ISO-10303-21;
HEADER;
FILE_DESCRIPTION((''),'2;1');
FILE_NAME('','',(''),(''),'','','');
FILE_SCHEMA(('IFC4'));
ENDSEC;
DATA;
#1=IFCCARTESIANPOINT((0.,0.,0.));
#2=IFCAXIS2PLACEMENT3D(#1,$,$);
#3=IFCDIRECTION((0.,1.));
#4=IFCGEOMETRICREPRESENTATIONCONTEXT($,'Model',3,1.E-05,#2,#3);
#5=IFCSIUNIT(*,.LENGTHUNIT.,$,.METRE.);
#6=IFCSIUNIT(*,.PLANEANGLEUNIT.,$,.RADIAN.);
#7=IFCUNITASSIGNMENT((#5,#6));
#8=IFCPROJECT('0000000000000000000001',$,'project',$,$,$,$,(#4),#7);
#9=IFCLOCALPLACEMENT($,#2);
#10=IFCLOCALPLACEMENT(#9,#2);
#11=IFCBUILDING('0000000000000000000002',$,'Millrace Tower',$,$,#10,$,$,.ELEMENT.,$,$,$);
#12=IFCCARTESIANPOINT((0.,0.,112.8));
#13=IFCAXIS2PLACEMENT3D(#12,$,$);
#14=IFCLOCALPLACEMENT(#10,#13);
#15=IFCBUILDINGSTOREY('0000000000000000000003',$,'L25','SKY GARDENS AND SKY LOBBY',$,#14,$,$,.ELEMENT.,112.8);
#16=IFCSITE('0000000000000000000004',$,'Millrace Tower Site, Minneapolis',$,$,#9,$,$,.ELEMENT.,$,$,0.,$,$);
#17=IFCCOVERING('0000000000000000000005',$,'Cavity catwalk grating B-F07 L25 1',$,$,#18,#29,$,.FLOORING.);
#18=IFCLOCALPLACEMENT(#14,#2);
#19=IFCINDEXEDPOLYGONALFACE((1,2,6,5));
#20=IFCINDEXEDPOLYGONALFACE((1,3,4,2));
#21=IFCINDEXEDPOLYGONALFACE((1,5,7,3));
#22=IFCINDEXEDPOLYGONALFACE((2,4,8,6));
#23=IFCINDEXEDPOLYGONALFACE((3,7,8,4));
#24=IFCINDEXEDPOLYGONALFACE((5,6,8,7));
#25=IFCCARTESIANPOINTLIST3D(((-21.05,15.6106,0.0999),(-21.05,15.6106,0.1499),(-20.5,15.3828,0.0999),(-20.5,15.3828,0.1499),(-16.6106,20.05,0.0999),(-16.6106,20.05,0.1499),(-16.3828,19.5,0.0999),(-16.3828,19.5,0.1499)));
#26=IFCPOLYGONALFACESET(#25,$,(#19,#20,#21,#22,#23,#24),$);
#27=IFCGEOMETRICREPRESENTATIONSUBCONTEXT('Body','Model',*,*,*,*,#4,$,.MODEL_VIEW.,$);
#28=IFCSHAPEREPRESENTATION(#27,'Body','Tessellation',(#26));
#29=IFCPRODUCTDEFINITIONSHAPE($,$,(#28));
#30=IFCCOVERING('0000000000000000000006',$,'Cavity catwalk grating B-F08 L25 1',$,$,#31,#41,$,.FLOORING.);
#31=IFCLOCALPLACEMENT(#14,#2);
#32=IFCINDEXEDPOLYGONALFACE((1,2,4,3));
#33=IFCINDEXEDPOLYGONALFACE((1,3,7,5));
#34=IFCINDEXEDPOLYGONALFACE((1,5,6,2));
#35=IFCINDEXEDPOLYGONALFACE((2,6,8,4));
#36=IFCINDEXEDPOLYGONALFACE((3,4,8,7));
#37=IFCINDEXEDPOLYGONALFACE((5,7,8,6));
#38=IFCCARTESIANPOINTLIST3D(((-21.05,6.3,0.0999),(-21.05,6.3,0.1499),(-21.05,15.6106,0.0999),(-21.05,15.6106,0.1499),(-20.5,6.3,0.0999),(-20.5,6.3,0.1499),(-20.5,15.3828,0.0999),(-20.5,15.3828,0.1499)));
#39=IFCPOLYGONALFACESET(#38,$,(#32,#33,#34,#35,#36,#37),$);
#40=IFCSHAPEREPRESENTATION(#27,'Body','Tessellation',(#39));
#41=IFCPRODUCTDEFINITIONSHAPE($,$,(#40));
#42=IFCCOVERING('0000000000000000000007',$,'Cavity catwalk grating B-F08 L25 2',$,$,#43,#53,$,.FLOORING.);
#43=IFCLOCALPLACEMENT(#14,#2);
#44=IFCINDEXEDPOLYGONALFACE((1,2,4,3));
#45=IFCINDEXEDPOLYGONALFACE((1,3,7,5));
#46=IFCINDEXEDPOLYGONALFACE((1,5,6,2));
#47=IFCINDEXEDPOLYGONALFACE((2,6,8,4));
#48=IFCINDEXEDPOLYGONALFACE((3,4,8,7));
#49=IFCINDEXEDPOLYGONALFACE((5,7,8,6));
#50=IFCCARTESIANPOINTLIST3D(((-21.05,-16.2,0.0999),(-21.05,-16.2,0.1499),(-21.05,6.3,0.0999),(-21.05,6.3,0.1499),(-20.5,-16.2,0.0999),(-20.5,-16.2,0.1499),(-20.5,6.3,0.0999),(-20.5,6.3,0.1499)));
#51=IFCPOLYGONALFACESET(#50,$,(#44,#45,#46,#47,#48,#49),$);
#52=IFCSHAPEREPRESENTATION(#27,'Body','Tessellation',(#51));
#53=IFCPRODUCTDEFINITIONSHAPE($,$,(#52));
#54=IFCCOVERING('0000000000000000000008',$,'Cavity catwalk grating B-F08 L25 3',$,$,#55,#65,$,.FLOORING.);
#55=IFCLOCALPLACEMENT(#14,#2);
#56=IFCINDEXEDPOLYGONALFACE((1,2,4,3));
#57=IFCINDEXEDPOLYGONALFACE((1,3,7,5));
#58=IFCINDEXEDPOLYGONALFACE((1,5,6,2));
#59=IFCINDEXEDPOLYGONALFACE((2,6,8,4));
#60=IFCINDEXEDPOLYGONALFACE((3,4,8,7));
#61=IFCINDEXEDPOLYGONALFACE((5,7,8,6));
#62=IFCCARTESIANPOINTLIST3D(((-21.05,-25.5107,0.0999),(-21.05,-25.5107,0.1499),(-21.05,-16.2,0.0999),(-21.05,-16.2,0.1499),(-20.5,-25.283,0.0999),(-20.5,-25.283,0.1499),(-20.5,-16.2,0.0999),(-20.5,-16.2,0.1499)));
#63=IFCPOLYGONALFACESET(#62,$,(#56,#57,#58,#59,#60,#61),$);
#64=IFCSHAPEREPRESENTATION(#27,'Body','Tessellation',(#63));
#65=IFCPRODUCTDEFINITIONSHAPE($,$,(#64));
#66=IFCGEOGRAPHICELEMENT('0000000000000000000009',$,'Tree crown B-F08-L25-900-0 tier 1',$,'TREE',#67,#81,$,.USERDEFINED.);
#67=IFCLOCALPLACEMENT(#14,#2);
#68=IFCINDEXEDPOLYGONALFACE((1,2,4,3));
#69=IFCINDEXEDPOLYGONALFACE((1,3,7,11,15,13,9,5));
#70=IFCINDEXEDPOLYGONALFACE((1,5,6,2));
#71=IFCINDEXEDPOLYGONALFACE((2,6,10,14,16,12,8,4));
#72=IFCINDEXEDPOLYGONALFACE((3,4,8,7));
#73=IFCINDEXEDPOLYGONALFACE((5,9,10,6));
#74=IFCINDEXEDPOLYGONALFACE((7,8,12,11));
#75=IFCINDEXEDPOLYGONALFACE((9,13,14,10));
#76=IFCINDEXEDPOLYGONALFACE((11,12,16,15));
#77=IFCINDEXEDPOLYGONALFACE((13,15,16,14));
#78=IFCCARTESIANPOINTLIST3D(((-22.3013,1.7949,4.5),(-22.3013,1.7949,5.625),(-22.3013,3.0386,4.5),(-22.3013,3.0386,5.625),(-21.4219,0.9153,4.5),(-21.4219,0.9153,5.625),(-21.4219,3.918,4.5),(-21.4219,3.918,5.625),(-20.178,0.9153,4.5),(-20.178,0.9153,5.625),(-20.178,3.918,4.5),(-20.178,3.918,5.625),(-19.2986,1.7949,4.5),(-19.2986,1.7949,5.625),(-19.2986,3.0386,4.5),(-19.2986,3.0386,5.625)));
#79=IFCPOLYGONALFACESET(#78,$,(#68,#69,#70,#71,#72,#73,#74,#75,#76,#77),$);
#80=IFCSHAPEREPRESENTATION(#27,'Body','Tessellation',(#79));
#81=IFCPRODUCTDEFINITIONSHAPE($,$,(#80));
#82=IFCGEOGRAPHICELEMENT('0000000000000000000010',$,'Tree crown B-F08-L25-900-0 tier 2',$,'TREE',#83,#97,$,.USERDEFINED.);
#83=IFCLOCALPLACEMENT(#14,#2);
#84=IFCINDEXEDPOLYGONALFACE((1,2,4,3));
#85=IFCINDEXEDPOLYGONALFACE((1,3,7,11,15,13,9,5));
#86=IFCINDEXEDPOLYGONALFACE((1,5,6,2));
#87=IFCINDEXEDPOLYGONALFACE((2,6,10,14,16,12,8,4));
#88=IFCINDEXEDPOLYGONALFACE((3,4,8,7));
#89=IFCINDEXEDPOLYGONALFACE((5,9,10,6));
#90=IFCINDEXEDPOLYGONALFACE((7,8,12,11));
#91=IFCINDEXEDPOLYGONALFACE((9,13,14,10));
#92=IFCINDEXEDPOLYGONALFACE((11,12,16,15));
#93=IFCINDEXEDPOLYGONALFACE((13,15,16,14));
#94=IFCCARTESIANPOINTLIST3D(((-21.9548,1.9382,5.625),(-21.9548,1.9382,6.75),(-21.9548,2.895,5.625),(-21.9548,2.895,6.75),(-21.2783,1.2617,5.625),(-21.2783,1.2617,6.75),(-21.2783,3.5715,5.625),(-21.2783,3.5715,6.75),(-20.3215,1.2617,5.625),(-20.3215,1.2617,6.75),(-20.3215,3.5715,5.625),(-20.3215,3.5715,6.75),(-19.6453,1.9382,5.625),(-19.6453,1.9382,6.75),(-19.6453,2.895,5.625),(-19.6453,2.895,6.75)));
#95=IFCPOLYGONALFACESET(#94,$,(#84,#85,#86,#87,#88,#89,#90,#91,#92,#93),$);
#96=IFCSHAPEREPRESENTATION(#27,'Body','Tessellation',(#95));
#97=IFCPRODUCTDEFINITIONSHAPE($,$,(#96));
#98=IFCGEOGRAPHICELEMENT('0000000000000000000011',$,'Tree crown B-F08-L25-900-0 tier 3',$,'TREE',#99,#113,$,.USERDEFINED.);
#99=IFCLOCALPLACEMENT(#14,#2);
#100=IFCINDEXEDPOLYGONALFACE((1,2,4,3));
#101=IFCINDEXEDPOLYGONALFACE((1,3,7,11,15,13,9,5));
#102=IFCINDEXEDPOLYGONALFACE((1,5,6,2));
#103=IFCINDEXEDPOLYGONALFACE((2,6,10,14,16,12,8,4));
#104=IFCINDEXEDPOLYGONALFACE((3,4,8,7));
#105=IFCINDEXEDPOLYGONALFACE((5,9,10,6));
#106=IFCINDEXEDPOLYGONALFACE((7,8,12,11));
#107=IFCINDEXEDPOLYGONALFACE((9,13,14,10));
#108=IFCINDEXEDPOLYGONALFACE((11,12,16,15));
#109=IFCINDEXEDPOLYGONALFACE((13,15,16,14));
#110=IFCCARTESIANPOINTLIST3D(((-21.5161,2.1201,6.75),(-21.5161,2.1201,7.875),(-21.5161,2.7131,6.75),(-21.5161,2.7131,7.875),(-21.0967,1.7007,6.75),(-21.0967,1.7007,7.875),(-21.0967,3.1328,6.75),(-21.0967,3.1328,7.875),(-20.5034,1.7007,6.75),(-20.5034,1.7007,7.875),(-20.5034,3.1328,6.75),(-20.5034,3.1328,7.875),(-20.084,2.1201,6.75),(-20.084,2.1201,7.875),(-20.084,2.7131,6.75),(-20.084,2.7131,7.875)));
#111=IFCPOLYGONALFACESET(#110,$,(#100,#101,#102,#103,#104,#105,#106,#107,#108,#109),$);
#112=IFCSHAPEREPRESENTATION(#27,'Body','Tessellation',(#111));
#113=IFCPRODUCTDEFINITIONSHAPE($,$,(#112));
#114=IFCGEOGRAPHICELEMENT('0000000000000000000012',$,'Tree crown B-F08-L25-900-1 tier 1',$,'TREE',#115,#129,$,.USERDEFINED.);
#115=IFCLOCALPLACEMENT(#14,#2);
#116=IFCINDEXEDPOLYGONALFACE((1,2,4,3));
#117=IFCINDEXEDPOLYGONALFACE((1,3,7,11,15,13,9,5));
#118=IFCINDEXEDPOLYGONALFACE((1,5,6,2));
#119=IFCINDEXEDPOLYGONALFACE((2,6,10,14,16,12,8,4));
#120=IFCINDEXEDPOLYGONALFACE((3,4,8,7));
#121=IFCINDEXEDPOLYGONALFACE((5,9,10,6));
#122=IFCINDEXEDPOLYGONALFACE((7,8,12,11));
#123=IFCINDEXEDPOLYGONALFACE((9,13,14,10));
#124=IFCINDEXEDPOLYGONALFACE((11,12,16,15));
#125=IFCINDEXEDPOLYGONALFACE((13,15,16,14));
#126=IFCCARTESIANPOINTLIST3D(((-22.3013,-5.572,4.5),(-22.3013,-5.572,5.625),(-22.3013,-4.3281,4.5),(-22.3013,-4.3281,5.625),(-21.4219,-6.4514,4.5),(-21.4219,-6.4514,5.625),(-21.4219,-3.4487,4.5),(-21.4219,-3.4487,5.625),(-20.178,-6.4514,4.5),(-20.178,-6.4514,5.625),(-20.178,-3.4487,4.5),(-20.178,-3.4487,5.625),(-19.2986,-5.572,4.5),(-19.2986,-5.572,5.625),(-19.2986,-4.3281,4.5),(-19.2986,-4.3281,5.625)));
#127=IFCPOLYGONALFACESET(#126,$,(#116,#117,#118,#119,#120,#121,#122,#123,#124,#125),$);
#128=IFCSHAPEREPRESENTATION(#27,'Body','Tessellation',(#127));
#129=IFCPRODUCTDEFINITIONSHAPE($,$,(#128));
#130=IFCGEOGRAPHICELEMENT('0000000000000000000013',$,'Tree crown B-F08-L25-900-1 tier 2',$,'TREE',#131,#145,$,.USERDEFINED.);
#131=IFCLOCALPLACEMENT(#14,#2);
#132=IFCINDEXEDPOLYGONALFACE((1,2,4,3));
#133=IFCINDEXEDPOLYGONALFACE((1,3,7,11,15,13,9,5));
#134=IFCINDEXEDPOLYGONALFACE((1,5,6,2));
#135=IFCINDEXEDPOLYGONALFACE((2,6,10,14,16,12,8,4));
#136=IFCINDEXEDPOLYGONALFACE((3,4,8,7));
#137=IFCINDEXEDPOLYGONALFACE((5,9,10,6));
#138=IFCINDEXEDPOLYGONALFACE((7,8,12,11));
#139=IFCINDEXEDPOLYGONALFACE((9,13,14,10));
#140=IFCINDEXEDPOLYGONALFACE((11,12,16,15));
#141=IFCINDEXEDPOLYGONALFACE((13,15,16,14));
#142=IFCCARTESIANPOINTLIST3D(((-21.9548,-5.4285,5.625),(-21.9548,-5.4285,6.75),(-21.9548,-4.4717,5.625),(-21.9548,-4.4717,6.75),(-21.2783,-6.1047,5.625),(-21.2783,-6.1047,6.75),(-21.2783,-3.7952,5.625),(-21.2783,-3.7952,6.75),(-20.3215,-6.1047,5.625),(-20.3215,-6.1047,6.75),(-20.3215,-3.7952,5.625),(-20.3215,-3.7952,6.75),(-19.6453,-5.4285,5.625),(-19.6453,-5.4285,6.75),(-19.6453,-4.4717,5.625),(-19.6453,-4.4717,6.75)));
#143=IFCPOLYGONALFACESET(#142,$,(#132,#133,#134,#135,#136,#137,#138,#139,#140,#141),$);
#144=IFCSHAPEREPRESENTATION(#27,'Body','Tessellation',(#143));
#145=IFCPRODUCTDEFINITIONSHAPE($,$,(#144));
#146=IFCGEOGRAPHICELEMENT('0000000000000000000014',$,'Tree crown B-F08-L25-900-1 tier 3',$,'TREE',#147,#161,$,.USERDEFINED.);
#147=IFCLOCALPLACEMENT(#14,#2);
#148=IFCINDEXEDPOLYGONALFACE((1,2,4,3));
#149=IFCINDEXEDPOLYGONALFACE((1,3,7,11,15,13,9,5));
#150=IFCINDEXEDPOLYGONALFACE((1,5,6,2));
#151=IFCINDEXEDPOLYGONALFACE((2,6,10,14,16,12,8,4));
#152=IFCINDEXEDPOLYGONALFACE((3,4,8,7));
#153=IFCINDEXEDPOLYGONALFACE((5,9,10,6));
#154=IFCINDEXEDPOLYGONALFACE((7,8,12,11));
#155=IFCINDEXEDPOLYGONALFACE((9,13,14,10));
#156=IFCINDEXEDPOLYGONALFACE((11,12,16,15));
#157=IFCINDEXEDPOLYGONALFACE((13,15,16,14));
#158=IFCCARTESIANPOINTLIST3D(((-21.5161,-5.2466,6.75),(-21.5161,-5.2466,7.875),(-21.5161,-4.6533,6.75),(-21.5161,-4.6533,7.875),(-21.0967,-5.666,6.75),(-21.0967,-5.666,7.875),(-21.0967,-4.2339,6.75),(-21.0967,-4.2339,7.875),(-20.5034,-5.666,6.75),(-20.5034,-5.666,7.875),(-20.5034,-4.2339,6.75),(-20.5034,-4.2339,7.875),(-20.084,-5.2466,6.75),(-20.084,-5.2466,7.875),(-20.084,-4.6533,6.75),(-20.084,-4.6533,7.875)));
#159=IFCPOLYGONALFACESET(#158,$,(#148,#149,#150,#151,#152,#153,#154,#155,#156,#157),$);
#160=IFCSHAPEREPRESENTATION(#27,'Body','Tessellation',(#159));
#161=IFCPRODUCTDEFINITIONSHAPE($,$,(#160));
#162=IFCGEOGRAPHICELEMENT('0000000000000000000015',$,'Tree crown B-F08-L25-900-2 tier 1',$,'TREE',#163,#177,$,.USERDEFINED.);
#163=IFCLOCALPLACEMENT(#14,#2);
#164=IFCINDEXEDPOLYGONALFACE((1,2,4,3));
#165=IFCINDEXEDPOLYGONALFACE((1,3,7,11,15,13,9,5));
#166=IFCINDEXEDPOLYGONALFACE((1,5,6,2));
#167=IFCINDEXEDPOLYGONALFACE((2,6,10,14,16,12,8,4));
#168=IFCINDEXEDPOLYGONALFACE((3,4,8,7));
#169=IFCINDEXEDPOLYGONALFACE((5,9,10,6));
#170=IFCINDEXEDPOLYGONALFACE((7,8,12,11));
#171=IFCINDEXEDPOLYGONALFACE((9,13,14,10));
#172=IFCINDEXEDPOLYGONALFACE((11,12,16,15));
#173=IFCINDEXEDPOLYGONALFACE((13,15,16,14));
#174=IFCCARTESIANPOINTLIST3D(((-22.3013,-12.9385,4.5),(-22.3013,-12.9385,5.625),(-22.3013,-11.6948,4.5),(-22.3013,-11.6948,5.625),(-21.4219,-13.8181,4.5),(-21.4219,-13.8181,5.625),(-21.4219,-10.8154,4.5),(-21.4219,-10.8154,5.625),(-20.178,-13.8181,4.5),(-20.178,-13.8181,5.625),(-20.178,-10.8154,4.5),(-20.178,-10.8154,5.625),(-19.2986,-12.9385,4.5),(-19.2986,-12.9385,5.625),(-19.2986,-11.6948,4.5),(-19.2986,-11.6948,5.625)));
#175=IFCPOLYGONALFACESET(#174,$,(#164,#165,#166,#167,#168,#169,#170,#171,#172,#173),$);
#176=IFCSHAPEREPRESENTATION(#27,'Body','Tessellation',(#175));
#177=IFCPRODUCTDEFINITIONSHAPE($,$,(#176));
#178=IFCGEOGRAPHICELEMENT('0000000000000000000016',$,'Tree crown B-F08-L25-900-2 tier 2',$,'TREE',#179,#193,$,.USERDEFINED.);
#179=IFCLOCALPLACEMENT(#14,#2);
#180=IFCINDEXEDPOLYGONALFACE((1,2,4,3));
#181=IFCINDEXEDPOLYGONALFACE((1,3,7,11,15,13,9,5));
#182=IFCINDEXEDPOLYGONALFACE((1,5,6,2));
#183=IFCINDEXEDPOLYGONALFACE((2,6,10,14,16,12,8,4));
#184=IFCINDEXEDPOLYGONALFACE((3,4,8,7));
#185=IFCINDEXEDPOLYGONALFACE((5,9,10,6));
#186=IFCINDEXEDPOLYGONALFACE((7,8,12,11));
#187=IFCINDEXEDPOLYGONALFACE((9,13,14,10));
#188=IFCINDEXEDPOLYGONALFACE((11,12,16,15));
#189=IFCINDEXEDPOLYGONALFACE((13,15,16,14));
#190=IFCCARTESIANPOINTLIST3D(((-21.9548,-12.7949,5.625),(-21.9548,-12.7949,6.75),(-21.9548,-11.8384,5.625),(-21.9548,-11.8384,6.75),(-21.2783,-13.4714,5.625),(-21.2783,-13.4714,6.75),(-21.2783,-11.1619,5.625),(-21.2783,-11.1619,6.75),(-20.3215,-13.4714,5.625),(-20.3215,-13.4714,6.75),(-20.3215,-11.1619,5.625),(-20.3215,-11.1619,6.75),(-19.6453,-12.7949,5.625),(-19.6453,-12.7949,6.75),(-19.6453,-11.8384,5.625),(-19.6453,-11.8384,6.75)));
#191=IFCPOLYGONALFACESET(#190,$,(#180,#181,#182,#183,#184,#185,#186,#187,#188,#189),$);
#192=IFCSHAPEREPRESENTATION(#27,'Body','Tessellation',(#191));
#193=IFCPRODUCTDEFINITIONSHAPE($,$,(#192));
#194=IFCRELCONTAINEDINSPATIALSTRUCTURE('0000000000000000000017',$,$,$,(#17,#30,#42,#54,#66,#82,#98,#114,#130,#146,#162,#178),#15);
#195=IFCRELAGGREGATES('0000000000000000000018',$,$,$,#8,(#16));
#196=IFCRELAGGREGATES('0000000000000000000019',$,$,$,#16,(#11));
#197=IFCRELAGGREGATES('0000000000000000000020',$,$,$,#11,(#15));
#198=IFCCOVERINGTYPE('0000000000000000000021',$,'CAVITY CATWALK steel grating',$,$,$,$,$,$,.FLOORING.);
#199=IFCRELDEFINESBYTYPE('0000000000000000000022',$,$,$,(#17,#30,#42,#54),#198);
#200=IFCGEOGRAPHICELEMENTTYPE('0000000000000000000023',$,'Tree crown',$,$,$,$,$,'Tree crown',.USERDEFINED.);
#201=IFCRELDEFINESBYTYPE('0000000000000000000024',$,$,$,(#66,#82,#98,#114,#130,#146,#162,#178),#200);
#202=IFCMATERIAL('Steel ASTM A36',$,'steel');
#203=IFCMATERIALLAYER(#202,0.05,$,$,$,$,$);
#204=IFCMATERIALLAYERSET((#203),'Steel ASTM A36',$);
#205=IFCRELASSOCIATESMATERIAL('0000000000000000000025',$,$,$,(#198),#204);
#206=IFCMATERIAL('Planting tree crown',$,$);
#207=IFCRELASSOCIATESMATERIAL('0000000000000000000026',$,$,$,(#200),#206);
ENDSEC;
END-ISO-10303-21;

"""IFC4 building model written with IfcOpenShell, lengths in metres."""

from ifc_helpers import new_model, si_unit, direction, frame, origin, place, context, subcontext, project, spatial, polyline, outline, extrude, material, layer, layer_set, type_object, element, save


model = new_model("IFC4")

# Units and contexts
model_context = context("Model", 3, precision=1e-05, world=origin(), true_north=direction((0.0, 1.0)))
body_context = subcontext(model_context, "Body", "Model", "MODEL_VIEW")
ifc_project = project(units=[si_unit("LENGTHUNIT", "METRE"), si_unit("PLANEANGLEUNIT", "RADIAN")], contexts=[model_context])

# Site, building, storey
site_placement = place(None, origin())
site = spatial("IfcSite", under=ifc_project, at=site_placement, Name="Millrace Tower Site, Minneapolis", CompositionType="ELEMENT", RefElevation=0.0)
building_placement = place(site_placement, origin())
building = spatial("IfcBuilding", under=site, at=building_placement, Name="Millrace Tower", CompositionType="ELEMENT")
storey_placement = place(building_placement, frame((0.0, 0.0, 112.8)))
storey = spatial("IfcBuildingStorey", under=building, at=storey_placement, Name="L25", Description="SKY GARDENS AND SKY LOBBY", CompositionType="ELEMENT", Elevation=112.8)

# Coverings
ifc_material_1 = material(Name="Steel ASTM A36", Category="steel")
ifc_layer_1 = layer(ifc_material_1, 0.05)
ifc_layer_set_1 = layer_set([ifc_layer_1], Name="Steel ASTM A36")
covering_type = type_object("IfcCoveringType", Name="CAVITY CATWALK steel grating", PredefinedType="FLOORING", material=ifc_layer_set_1)
placement_1 = place(storey_placement, frame((0.0, 0.0, 0.0999)))
element("IfcCovering", 1, at=placement_1, inside=storey, type_object=covering_type, Name="Cavity catwalk grating B-F07 L25 1", PredefinedType="FLOORING", context=body_context, shape_type="SweptSolid", body=[
    extrude(outline(polyline([(-16.6106, 20.05), (-21.05, 15.6106), (-20.5, 15.3828), (-16.3828, 19.5), (-16.6106, 20.05)])), origin(), (0.0, 0.0, 1.0), 0.05),
])
element("IfcCovering", 2, at=placement_1, inside=storey, type_object=covering_type, Name="Cavity catwalk grating B-F08 L25 1", PredefinedType="FLOORING", context=body_context, shape_type="SweptSolid", body=[
    extrude(outline(polyline([(-21.05, 15.6106), (-21.05, 6.3), (-20.5, 6.3), (-20.5, 15.3828), (-21.05, 15.6106)])), origin(), (0.0, 0.0, 1.0), 0.05),
])
element("IfcCovering", 3, at=placement_1, inside=storey, type_object=covering_type, Name="Cavity catwalk grating B-F08 L25 2", PredefinedType="FLOORING", context=body_context, shape_type="SweptSolid", body=[
    extrude(outline(polyline([(-21.05, 6.3), (-21.05, -16.2), (-20.5, -16.2), (-20.5, 6.3), (-21.05, 6.3)])), origin(), (0.0, 0.0, 1.0), 0.05),
])
element("IfcCovering", 4, at=placement_1, inside=storey, type_object=covering_type, Name="Cavity catwalk grating B-F08 L25 3", PredefinedType="FLOORING", context=body_context, shape_type="SweptSolid", body=[
    extrude(outline(polyline([(-21.05, -16.2), (-21.05, -25.5107), (-20.5, -25.283), (-20.5, -16.2), (-21.05, -16.2)])), origin(), (0.0, 0.0, 1.0), 0.05),
])

# Geographic elements
ifc_material_2 = material(Name="Planting tree crown")
geographic_element_type = type_object("IfcGeographicElementType", Name="Tree crown", ElementType="Tree crown", PredefinedType="USERDEFINED", material=ifc_material_2)
placement_2 = place(storey_placement, frame((0.0, 0.0, 4.5)))
element("IfcGeographicElement", 5, at=placement_2, inside=storey, type_object=geographic_element_type, Name="Tree crown B-F08-L25-900-0 tier 1", ObjectType="TREE", PredefinedType="USERDEFINED", context=body_context, shape_type="SweptSolid", body=[
    extrude(outline(polyline([(-19.2986, 3.0386), (-20.178, 3.918), (-21.4219, 3.918), (-22.3013, 3.0386), (-22.3013, 1.7949), (-21.4219, 0.9153), (-20.178, 0.9153), (-19.2986, 1.7949), (-19.2986, 3.0386)])), origin(), (0.0, 0.0, 1.0), 1.125),
])
placement_3 = place(storey_placement, frame((0.0, 0.0, 5.625)))
element("IfcGeographicElement", 6, at=placement_3, inside=storey, type_object=geographic_element_type, Name="Tree crown B-F08-L25-900-0 tier 2", ObjectType="TREE", PredefinedType="USERDEFINED", context=body_context, shape_type="SweptSolid", body=[
    extrude(outline(polyline([(-19.6453, 2.895), (-20.3215, 3.5715), (-21.2783, 3.5715), (-21.9548, 2.895), (-21.9548, 1.9382), (-21.2783, 1.2617), (-20.3215, 1.2617), (-19.6453, 1.9382), (-19.6453, 2.895)])), origin(), (0.0, 0.0, 1.0), 1.125),
])
placement_4 = place(storey_placement, frame((0.0, 0.0, 6.75)))
element("IfcGeographicElement", 7, at=placement_4, inside=storey, type_object=geographic_element_type, Name="Tree crown B-F08-L25-900-0 tier 3", ObjectType="TREE", PredefinedType="USERDEFINED", context=body_context, shape_type="SweptSolid", body=[
    extrude(outline(polyline([(-20.084, 2.7131), (-20.5034, 3.1328), (-21.0967, 3.1328), (-21.5161, 2.7131), (-21.5161, 2.1201), (-21.0967, 1.7007), (-20.5034, 1.7007), (-20.084, 2.1201), (-20.084, 2.7131)])), origin(), (0.0, 0.0, 1.0), 1.125),
])
element("IfcGeographicElement", 8, at=placement_2, inside=storey, type_object=geographic_element_type, Name="Tree crown B-F08-L25-900-1 tier 1", ObjectType="TREE", PredefinedType="USERDEFINED", context=body_context, shape_type="SweptSolid", body=[
    extrude(outline(polyline([(-19.2986, -4.3281), (-20.178, -3.4487), (-21.4219, -3.4487), (-22.3013, -4.3281), (-22.3013, -5.572), (-21.4219, -6.4514), (-20.178, -6.4514), (-19.2986, -5.572), (-19.2986, -4.3281)])), origin(), (0.0, 0.0, 1.0), 1.125),
])
element("IfcGeographicElement", 9, at=placement_3, inside=storey, type_object=geographic_element_type, Name="Tree crown B-F08-L25-900-1 tier 2", ObjectType="TREE", PredefinedType="USERDEFINED", context=body_context, shape_type="SweptSolid", body=[
    extrude(outline(polyline([(-19.6453, -4.4717), (-20.3215, -3.7952), (-21.2783, -3.7952), (-21.9548, -4.4717), (-21.9548, -5.4285), (-21.2783, -6.1047), (-20.3215, -6.1047), (-19.6453, -5.4285), (-19.6453, -4.4717)])), origin(), (0.0, 0.0, 1.0), 1.125),
])
element("IfcGeographicElement", 10, at=placement_4, inside=storey, type_object=geographic_element_type, Name="Tree crown B-F08-L25-900-1 tier 3", ObjectType="TREE", PredefinedType="USERDEFINED", context=body_context, shape_type="SweptSolid", body=[
    extrude(outline(polyline([(-20.084, -4.6533), (-20.5034, -4.2339), (-21.0967, -4.2339), (-21.5161, -4.6533), (-21.5161, -5.2466), (-21.0967, -5.666), (-20.5034, -5.666), (-20.084, -5.2466), (-20.084, -4.6533)])), origin(), (0.0, 0.0, 1.0), 1.125),
])
element("IfcGeographicElement", 11, at=placement_2, inside=storey, type_object=geographic_element_type, Name="Tree crown B-F08-L25-900-2 tier 1", ObjectType="TREE", PredefinedType="USERDEFINED", context=body_context, shape_type="SweptSolid", body=[
    extrude(outline(polyline([(-19.2986, -11.6948), (-20.178, -10.8154), (-21.4219, -10.8154), (-22.3013, -11.6948), (-22.3013, -12.9385), (-21.4219, -13.8181), (-20.178, -13.8181), (-19.2986, -12.9385), (-19.2986, -11.6948)])), origin(), (0.0, 0.0, 1.0), 1.125),
])
element("IfcGeographicElement", 12, at=placement_3, inside=storey, type_object=geographic_element_type, Name="Tree crown B-F08-L25-900-2 tier 2", ObjectType="TREE", PredefinedType="USERDEFINED", context=body_context, shape_type="SweptSolid", body=[
    extrude(outline(polyline([(-19.6453, -11.8384), (-20.3215, -11.1619), (-21.2783, -11.1619), (-21.9548, -11.8384), (-21.9548, -12.7949), (-21.2783, -13.4714), (-20.3215, -13.4714), (-19.6453, -12.7949), (-19.6453, -11.8384)])), origin(), (0.0, 0.0, 1.0), 1.125),
])

save(model, "model.ifc")
